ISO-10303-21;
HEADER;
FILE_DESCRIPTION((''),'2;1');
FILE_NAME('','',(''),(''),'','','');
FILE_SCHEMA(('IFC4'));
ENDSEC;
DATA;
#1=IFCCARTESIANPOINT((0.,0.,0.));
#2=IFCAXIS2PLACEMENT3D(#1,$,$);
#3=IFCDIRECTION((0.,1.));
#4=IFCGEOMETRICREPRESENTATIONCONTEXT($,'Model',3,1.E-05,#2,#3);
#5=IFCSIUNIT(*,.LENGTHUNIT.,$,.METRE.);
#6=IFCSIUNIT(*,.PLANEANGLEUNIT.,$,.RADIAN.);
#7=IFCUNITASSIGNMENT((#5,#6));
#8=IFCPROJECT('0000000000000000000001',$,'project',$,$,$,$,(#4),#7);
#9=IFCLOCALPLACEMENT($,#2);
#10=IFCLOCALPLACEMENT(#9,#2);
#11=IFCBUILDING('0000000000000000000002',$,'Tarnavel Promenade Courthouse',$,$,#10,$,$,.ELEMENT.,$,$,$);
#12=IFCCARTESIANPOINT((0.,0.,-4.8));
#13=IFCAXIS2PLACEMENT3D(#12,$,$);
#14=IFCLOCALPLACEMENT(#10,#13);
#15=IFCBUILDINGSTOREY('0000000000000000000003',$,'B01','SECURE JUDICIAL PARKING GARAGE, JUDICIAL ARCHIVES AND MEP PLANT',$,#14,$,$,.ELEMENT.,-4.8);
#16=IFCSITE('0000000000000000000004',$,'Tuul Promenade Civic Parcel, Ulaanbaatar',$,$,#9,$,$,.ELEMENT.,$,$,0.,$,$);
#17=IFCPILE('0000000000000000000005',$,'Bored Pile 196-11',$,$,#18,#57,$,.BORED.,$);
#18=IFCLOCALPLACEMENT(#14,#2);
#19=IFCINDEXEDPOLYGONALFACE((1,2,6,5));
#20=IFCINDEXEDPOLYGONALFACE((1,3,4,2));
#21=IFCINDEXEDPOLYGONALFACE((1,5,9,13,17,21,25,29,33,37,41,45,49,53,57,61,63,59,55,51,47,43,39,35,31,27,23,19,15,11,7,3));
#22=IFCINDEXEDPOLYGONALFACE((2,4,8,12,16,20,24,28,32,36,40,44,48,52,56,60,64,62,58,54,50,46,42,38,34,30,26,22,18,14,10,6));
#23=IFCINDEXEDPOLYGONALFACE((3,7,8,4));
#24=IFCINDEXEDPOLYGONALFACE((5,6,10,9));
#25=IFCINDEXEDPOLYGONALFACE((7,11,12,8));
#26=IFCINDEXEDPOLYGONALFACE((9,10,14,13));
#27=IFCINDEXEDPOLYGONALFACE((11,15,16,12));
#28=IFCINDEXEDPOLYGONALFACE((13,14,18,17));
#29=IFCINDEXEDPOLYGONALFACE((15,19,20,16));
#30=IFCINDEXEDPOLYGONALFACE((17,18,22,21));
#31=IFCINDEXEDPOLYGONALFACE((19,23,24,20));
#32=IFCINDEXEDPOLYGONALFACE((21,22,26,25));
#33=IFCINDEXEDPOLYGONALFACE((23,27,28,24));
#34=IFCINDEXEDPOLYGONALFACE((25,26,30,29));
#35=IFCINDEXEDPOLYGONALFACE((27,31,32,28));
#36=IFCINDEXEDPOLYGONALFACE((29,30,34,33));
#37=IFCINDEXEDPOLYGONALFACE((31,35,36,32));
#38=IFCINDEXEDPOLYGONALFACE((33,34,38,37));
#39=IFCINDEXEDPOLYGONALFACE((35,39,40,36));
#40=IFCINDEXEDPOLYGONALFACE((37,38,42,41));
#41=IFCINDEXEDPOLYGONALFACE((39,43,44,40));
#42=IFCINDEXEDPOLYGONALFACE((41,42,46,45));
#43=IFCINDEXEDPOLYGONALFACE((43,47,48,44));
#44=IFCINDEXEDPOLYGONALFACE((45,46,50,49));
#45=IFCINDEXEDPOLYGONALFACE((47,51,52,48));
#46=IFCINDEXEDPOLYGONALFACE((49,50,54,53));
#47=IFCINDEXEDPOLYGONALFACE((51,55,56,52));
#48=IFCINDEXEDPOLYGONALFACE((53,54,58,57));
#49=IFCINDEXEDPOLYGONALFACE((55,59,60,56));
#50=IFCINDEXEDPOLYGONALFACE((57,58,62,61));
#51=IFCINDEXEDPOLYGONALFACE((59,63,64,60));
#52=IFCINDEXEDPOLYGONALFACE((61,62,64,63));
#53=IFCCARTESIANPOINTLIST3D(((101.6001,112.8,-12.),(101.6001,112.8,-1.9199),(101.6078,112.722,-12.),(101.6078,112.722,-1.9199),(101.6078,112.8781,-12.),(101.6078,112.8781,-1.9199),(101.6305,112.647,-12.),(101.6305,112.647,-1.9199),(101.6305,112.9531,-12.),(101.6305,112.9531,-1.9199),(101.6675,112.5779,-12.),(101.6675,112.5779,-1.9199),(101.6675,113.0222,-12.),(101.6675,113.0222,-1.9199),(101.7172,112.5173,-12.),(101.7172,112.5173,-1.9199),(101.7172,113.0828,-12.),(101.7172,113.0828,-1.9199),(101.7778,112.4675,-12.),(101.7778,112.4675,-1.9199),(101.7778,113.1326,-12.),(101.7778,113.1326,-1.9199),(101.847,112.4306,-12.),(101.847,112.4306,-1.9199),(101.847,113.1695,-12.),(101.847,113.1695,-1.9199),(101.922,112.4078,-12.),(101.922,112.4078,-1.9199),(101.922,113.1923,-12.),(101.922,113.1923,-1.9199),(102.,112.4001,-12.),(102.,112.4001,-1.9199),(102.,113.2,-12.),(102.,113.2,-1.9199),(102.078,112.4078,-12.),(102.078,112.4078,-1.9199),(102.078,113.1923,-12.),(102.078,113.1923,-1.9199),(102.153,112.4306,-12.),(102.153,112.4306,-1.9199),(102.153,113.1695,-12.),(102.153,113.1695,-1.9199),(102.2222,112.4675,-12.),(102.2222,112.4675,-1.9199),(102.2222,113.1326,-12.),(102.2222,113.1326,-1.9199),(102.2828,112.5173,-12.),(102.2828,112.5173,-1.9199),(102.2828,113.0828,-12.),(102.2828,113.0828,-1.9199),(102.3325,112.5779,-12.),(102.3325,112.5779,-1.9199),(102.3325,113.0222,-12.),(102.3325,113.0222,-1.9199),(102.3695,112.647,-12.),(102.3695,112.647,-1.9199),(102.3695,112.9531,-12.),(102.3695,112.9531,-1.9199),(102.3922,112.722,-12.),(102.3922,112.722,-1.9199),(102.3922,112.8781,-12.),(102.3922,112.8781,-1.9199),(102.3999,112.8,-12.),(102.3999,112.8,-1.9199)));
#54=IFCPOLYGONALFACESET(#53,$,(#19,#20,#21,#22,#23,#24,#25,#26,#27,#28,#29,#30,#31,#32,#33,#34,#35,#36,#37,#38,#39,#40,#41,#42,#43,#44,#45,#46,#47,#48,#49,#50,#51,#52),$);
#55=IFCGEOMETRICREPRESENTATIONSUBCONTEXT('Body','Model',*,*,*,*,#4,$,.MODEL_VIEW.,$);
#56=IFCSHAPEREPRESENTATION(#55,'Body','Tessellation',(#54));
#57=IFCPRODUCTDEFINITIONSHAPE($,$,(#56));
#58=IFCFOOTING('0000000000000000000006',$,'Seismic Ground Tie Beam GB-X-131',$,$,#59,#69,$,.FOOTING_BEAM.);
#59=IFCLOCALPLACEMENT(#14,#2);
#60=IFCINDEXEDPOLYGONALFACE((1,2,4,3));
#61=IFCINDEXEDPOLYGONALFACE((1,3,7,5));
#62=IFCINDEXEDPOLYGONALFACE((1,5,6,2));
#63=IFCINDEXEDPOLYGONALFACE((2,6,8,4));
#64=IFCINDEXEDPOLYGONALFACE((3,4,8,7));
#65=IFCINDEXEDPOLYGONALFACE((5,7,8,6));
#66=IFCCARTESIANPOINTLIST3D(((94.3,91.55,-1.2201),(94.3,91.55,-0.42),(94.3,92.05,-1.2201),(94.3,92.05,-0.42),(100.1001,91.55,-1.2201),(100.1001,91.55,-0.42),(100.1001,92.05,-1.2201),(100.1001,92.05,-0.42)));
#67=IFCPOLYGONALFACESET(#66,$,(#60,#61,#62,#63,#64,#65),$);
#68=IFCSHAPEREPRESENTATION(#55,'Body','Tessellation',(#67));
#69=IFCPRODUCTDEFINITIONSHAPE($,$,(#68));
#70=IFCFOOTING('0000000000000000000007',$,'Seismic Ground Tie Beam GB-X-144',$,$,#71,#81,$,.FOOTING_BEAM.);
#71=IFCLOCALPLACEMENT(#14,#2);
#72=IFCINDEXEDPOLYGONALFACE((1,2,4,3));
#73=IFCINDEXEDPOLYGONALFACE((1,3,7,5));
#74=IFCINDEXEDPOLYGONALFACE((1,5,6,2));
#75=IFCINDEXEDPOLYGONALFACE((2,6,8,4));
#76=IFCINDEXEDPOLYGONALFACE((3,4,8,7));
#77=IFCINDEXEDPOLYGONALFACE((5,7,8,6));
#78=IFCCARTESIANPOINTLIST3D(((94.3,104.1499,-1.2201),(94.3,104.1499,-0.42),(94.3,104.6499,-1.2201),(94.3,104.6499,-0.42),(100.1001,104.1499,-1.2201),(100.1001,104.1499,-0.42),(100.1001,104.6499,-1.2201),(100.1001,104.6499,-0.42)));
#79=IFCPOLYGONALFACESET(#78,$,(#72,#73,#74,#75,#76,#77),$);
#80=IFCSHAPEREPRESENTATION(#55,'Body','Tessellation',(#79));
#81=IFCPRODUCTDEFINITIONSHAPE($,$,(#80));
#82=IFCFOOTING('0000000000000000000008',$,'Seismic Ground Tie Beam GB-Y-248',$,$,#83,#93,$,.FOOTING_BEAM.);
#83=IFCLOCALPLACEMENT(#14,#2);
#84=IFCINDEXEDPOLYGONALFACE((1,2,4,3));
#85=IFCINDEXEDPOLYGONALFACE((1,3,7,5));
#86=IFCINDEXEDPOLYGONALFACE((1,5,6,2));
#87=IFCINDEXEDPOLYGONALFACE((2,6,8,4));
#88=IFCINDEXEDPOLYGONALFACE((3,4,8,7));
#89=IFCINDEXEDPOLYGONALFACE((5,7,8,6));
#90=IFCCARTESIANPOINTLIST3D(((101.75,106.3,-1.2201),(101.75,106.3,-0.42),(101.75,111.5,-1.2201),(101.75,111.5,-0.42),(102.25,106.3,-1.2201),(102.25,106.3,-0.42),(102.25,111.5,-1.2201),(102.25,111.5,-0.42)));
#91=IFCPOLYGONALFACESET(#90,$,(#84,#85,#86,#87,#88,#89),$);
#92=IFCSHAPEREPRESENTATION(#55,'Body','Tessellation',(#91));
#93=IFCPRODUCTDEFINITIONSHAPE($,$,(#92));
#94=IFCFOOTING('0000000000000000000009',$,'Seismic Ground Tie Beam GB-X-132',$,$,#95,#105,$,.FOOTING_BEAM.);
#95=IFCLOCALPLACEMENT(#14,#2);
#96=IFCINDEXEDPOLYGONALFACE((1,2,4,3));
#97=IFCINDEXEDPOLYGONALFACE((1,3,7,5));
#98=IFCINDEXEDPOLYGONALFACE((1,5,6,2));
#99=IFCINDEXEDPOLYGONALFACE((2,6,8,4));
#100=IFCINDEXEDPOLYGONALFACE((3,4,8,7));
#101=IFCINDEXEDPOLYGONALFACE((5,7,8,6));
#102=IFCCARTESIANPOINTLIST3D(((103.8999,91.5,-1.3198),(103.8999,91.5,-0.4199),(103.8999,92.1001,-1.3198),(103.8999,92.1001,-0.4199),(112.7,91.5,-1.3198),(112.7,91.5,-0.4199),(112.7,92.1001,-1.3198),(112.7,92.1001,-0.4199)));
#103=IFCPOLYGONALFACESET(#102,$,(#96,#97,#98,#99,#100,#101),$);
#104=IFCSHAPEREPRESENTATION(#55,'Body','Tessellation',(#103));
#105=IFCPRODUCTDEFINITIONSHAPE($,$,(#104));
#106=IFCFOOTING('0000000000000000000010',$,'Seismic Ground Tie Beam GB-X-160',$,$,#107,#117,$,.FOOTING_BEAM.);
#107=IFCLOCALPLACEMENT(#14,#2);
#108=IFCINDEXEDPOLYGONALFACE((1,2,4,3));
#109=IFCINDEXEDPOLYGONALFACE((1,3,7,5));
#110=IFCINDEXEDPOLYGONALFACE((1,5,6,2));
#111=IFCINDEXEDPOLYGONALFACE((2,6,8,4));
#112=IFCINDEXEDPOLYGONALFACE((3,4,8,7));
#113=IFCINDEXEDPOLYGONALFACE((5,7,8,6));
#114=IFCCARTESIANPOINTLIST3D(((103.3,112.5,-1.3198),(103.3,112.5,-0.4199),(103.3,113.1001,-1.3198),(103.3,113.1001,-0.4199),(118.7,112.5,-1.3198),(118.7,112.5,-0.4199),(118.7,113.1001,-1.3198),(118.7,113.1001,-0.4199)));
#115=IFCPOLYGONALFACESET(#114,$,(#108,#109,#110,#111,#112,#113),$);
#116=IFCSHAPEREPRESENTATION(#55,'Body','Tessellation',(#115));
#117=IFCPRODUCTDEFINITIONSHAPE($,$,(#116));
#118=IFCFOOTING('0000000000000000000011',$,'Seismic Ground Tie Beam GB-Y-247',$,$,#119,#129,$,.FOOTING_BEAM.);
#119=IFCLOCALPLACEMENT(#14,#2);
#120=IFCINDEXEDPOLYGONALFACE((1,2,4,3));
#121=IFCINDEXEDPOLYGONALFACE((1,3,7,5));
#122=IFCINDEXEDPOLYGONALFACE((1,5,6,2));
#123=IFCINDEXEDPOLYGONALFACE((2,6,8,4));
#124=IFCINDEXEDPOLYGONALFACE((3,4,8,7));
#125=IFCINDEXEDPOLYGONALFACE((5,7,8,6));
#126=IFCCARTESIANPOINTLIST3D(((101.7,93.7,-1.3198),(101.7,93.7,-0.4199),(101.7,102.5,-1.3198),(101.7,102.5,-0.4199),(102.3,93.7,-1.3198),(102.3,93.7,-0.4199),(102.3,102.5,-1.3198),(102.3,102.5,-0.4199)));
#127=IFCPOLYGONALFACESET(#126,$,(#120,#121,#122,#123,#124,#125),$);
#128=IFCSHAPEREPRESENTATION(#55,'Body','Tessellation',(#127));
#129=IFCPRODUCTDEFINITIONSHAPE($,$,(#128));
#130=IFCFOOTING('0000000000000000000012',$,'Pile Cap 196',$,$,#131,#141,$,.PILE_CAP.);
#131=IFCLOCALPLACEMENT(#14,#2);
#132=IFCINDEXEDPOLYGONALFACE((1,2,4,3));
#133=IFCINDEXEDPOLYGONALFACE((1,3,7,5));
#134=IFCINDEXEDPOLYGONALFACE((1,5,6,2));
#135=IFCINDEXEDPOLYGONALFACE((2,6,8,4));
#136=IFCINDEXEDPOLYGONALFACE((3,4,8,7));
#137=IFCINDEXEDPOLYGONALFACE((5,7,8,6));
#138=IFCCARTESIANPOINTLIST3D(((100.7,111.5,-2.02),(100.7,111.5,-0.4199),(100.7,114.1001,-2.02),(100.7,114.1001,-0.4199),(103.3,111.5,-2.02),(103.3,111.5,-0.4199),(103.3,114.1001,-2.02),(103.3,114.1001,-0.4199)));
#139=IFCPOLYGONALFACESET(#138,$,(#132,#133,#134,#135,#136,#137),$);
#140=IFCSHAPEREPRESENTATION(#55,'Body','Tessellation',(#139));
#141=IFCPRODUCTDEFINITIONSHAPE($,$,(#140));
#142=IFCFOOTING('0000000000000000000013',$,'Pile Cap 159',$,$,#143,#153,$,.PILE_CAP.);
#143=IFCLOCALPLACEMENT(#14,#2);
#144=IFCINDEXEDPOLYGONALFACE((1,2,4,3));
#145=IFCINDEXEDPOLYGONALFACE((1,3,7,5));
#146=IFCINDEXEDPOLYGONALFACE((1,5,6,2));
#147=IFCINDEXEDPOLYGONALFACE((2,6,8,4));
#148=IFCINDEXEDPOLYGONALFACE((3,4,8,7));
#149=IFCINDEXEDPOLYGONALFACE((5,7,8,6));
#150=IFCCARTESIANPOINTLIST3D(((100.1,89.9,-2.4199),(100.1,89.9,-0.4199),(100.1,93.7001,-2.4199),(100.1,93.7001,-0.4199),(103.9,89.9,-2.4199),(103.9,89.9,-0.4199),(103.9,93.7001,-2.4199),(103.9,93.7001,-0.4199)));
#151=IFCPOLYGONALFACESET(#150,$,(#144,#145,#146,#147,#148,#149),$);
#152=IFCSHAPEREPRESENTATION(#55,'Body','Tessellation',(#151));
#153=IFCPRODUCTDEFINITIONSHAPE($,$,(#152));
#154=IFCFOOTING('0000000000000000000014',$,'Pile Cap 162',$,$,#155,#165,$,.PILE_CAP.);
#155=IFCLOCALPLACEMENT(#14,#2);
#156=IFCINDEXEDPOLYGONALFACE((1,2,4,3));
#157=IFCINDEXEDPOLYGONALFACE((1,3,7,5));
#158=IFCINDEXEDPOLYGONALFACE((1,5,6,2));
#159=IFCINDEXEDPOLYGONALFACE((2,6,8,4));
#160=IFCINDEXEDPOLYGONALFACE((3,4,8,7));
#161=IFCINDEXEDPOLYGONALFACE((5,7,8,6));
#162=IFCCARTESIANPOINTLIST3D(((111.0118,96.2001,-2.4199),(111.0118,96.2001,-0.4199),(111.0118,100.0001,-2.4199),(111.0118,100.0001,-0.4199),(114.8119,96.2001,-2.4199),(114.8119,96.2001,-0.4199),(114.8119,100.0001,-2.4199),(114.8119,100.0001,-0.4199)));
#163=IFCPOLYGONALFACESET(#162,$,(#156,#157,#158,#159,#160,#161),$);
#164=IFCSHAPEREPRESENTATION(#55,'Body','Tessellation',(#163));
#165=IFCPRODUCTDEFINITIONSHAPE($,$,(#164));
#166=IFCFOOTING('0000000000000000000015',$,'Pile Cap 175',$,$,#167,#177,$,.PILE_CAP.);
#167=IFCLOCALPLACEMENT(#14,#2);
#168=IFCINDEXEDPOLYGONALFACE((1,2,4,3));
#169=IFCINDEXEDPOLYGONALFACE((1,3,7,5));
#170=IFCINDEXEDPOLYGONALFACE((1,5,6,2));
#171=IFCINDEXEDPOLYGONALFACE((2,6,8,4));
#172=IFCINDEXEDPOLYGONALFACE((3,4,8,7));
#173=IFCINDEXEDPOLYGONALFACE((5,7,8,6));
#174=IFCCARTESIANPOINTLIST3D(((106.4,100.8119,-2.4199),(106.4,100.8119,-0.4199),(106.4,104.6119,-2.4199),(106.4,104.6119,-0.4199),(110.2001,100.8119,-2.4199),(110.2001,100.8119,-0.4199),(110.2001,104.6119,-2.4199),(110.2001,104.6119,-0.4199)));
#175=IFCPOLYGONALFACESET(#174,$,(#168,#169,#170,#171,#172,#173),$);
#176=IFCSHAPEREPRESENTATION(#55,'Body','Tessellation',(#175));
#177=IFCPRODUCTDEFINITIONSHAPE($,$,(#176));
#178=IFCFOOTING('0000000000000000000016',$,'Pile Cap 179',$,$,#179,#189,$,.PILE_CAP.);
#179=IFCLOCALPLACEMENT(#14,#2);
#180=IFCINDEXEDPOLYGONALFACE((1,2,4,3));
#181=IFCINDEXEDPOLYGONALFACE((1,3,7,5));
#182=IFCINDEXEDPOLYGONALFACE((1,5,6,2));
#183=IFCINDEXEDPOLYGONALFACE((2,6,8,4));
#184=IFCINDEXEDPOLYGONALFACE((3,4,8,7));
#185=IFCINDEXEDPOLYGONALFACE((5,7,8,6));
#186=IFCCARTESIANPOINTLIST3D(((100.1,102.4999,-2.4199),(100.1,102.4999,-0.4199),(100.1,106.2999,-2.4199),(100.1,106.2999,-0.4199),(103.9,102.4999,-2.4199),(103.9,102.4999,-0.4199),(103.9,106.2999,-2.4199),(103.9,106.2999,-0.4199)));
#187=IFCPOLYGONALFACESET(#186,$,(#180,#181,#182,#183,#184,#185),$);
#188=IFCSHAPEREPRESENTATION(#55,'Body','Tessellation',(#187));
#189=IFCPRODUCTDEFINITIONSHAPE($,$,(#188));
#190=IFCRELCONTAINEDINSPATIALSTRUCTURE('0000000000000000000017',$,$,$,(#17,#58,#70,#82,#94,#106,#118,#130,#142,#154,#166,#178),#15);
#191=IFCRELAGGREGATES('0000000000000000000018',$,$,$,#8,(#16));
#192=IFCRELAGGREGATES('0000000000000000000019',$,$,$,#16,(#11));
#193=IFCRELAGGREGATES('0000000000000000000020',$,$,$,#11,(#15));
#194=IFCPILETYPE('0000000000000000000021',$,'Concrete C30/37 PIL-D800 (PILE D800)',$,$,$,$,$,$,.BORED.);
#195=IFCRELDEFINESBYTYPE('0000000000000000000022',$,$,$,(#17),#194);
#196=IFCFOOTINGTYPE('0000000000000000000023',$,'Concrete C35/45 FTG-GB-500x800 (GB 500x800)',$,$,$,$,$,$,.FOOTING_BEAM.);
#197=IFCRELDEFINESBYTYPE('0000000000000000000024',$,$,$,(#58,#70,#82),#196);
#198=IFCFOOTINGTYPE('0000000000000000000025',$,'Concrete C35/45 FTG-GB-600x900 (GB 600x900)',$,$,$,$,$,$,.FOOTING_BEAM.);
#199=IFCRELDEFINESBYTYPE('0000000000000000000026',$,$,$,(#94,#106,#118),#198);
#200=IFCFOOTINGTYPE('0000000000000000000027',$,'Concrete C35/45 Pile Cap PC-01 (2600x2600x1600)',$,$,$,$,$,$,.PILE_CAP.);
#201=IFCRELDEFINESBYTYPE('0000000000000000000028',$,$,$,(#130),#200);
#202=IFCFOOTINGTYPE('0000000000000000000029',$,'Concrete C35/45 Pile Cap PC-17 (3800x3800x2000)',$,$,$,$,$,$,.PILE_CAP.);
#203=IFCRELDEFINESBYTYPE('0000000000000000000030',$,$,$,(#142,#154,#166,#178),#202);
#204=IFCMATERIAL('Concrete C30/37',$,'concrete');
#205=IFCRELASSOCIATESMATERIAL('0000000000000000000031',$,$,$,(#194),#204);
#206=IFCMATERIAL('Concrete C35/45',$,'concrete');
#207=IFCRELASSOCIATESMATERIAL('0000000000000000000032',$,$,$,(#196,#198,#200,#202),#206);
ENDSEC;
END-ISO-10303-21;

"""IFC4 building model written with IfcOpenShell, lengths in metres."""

from ifc_helpers import new_model, si_unit, direction, frame, origin, origin_2d, place, context, subcontext, project, spatial, rectangle, circle, extrude, material, material_profile, profile_set, type_object, element, save


model = new_model("IFC4")

# Units and contexts
model_context = context("Model", 3, precision=1e-05, world=origin(), true_north=direction((0.0, 1.0)))
body_context = subcontext(model_context, "Body", "Model", "MODEL_VIEW")
ifc_project = project(units=[si_unit("LENGTHUNIT", "METRE"), si_unit("PLANEANGLEUNIT", "RADIAN")], contexts=[model_context])

# Site, building, storey
site_placement = place(None, origin())
site = spatial("IfcSite", under=ifc_project, at=site_placement, Name="Tuul Promenade Civic Parcel, Ulaanbaatar", CompositionType="ELEMENT", RefElevation=0.0)
building_placement = place(site_placement, origin())
building = spatial("IfcBuilding", under=site, at=building_placement, Name="Tarnavel Promenade Courthouse", CompositionType="ELEMENT")
storey_placement = place(building_placement, frame((0.0, 0.0, -4.8)))
storey = spatial("IfcBuildingStorey", under=building, at=storey_placement, Name="B01", Description="SECURE JUDICIAL PARKING GARAGE, JUDICIAL ARCHIVES AND MEP PLANT", CompositionType="ELEMENT", Elevation=-4.8)

# Pile
ifc_material_1 = material(Name="Concrete C30/37", Category="concrete")
ifc_material_profile_1 = material_profile(ifc_material_1, circle(Radius=0.3999, at=origin_2d()), Name="PILE D800")
ifc_profile_set_1 = profile_set([ifc_material_profile_1], Name="Concrete C30/37")
pile_type_1 = type_object("IfcPileType", Name="Concrete C30/37 PIL-D800 (PILE D800)", PredefinedType="BORED", material=ifc_profile_set_1)
pile_placement = place(storey_placement, frame((102.0, 112.8, -1.9199), z_axis=(0.0, 0.0, -1.0), x_axis=(1.0, 0.0, 0.0)))
element("IfcPile", 1, at=pile_placement, inside=storey, type_object=pile_type_1, Name="Bored Pile 196-11", PredefinedType="BORED", context=body_context, shape_type="SweptSolid", body=[
    extrude(circle(Radius=0.3999, at=origin_2d()), origin(), (0.0, 0.0, 1.0), 10.0801),
])

# Footings
ifc_material_2 = material(Name="Concrete C35/45", Category="concrete")
ifc_material_profile_2 = material_profile(ifc_material_2, rectangle(XDim=0.5, YDim=0.8, at=origin_2d()), Name="GB 500x800")
ifc_profile_set_2 = profile_set([ifc_material_profile_2], Name="Concrete C35/45")
footing_type_1 = type_object("IfcFootingType", Name="Concrete C35/45 FTG-GB-500x800 (GB 500x800)", PredefinedType="FOOTING_BEAM", material=ifc_profile_set_2)
for number, where, z_axis, x_axis, name in (
    (2, (94.3, 91.8, -0.8201), (1.0, 0.0, 0.0), (0.0, 1.0, 0.0), "Seismic Ground Tie Beam GB-X-131"),
    (3, (94.3, 104.3999, -0.8201), (1.0, 0.0, 0.0), (0.0, 1.0, 0.0), "Seismic Ground Tie Beam GB-X-144"),
):
    element("IfcFooting", number, at=place(storey_placement, frame(where, z_axis=z_axis, x_axis=x_axis)), inside=storey, type_object=footing_type_1, Name=name, PredefinedType="FOOTING_BEAM", context=body_context, shape_type="SweptSolid", body=[
        extrude(rectangle(XDim=0.5, YDim=0.8, at=origin_2d()), origin(), (0.0, 0.0, 1.0), 5.8),
    ])
footing_1_placement = place(storey_placement, frame((102.0, 106.3, -0.8201), z_axis=(0.0, 1.0, 0.0), x_axis=(-1.0, 0.0, 0.0)))
element("IfcFooting", 4, at=footing_1_placement, inside=storey, type_object=footing_type_1, Name="Seismic Ground Tie Beam GB-Y-248", PredefinedType="FOOTING_BEAM", context=body_context, shape_type="SweptSolid", body=[
    extrude(rectangle(XDim=0.5, YDim=0.8, at=origin_2d()), origin(), (0.0, 0.0, 1.0), 5.2),
])
ifc_material_profile_3 = material_profile(ifc_material_2, rectangle(XDim=0.6001, YDim=0.8999, at=origin_2d()), Name="GB 600x900")
ifc_profile_set_3 = profile_set([ifc_material_profile_3], Name="Concrete C35/45")
footing_type_2 = type_object("IfcFootingType", Name="Concrete C35/45 FTG-GB-600x900 (GB 600x900)", PredefinedType="FOOTING_BEAM", material=ifc_profile_set_3)
footing_2_placement = place(storey_placement, frame((103.8999, 91.8, -0.8699), z_axis=(1.0, 0.0, 0.0), x_axis=(0.0, 1.0, 0.0)))
element("IfcFooting", 5, at=footing_2_placement, inside=storey, type_object=footing_type_2, Name="Seismic Ground Tie Beam GB-X-132", PredefinedType="FOOTING_BEAM", context=body_context, shape_type="SweptSolid", body=[
    extrude(rectangle(XDim=0.6001, YDim=0.8999, at=origin_2d()), origin(), (0.0, 0.0, 1.0), 8.8),
])
footing_3_placement = place(storey_placement, frame((103.3, 112.8, -0.8699), z_axis=(1.0, 0.0, 0.0), x_axis=(0.0, 1.0, 0.0)))
element("IfcFooting", 6, at=footing_3_placement, inside=storey, type_object=footing_type_2, Name="Seismic Ground Tie Beam GB-X-160", PredefinedType="FOOTING_BEAM", context=body_context, shape_type="SweptSolid", body=[
    extrude(rectangle(XDim=0.6001, YDim=0.8999, at=origin_2d()), origin(), (0.0, 0.0, 1.0), 15.3999),
])
footing_4_placement = place(storey_placement, frame((102.0, 93.7, -0.8699), z_axis=(0.0, 1.0, 0.0), x_axis=(-1.0, 0.0, 0.0)))
element("IfcFooting", 7, at=footing_4_placement, inside=storey, type_object=footing_type_2, Name="Seismic Ground Tie Beam GB-Y-247", PredefinedType="FOOTING_BEAM", context=body_context, shape_type="SweptSolid", body=[
    extrude(rectangle(XDim=0.6001, YDim=0.8999, at=origin_2d()), origin(), (0.0, 0.0, 1.0), 8.8),
])
footing_type_3 = type_object("IfcFootingType", Name="Concrete C35/45 Pile Cap PC-01 (2600x2600x1600)", PredefinedType="PILE_CAP", material=ifc_material_2)
footing_5_placement = place(storey_placement, frame((102.0, 112.8, -2.02), z_axis=(0.0, 0.0, 1.0), x_axis=(1.0, 0.0, 0.0)))
element("IfcFooting", 8, at=footing_5_placement, inside=storey, type_object=footing_type_3, Name="Pile Cap 196", PredefinedType="PILE_CAP", context=body_context, shape_type="SweptSolid", body=[
    extrude(rectangle(XDim=2.6001, YDim=2.6001, at=origin_2d()), origin(), (0.0, 0.0, 1.0), 1.6001),
])
footing_type_4 = type_object("IfcFootingType", Name="Concrete C35/45 Pile Cap PC-17 (3800x3800x2000)", PredefinedType="PILE_CAP", material=ifc_material_2)
for number, where, z_axis, x_axis, name in (
    (9, (102.0, 91.8, -2.4199), (0.0, 0.0, 1.0), (1.0, 0.0, 0.0), "Pile Cap 159"),
    (10, (112.9119, 98.1001, -2.4199), (0.0, 0.0, 1.0), (1.0, 0.0, 0.0), "Pile Cap 162"),
    (11, (108.3, 102.7119, -2.4199), (0.0, 0.0, 1.0), (1.0, 0.0, 0.0), "Pile Cap 175"),
    (12, (102.0, 104.3999, -2.4199), (0.0, 0.0, 1.0), (1.0, 0.0, 0.0), "Pile Cap 179"),
):
    element("IfcFooting", number, at=place(storey_placement, frame(where, z_axis=z_axis, x_axis=x_axis)), inside=storey, type_object=footing_type_4, Name=name, PredefinedType="PILE_CAP", context=body_context, shape_type="SweptSolid", body=[
        extrude(rectangle(XDim=3.8, YDim=3.8, at=origin_2d()), origin(), (0.0, 0.0, 1.0), 2.0),
    ])

save(model, "model.ifc")
